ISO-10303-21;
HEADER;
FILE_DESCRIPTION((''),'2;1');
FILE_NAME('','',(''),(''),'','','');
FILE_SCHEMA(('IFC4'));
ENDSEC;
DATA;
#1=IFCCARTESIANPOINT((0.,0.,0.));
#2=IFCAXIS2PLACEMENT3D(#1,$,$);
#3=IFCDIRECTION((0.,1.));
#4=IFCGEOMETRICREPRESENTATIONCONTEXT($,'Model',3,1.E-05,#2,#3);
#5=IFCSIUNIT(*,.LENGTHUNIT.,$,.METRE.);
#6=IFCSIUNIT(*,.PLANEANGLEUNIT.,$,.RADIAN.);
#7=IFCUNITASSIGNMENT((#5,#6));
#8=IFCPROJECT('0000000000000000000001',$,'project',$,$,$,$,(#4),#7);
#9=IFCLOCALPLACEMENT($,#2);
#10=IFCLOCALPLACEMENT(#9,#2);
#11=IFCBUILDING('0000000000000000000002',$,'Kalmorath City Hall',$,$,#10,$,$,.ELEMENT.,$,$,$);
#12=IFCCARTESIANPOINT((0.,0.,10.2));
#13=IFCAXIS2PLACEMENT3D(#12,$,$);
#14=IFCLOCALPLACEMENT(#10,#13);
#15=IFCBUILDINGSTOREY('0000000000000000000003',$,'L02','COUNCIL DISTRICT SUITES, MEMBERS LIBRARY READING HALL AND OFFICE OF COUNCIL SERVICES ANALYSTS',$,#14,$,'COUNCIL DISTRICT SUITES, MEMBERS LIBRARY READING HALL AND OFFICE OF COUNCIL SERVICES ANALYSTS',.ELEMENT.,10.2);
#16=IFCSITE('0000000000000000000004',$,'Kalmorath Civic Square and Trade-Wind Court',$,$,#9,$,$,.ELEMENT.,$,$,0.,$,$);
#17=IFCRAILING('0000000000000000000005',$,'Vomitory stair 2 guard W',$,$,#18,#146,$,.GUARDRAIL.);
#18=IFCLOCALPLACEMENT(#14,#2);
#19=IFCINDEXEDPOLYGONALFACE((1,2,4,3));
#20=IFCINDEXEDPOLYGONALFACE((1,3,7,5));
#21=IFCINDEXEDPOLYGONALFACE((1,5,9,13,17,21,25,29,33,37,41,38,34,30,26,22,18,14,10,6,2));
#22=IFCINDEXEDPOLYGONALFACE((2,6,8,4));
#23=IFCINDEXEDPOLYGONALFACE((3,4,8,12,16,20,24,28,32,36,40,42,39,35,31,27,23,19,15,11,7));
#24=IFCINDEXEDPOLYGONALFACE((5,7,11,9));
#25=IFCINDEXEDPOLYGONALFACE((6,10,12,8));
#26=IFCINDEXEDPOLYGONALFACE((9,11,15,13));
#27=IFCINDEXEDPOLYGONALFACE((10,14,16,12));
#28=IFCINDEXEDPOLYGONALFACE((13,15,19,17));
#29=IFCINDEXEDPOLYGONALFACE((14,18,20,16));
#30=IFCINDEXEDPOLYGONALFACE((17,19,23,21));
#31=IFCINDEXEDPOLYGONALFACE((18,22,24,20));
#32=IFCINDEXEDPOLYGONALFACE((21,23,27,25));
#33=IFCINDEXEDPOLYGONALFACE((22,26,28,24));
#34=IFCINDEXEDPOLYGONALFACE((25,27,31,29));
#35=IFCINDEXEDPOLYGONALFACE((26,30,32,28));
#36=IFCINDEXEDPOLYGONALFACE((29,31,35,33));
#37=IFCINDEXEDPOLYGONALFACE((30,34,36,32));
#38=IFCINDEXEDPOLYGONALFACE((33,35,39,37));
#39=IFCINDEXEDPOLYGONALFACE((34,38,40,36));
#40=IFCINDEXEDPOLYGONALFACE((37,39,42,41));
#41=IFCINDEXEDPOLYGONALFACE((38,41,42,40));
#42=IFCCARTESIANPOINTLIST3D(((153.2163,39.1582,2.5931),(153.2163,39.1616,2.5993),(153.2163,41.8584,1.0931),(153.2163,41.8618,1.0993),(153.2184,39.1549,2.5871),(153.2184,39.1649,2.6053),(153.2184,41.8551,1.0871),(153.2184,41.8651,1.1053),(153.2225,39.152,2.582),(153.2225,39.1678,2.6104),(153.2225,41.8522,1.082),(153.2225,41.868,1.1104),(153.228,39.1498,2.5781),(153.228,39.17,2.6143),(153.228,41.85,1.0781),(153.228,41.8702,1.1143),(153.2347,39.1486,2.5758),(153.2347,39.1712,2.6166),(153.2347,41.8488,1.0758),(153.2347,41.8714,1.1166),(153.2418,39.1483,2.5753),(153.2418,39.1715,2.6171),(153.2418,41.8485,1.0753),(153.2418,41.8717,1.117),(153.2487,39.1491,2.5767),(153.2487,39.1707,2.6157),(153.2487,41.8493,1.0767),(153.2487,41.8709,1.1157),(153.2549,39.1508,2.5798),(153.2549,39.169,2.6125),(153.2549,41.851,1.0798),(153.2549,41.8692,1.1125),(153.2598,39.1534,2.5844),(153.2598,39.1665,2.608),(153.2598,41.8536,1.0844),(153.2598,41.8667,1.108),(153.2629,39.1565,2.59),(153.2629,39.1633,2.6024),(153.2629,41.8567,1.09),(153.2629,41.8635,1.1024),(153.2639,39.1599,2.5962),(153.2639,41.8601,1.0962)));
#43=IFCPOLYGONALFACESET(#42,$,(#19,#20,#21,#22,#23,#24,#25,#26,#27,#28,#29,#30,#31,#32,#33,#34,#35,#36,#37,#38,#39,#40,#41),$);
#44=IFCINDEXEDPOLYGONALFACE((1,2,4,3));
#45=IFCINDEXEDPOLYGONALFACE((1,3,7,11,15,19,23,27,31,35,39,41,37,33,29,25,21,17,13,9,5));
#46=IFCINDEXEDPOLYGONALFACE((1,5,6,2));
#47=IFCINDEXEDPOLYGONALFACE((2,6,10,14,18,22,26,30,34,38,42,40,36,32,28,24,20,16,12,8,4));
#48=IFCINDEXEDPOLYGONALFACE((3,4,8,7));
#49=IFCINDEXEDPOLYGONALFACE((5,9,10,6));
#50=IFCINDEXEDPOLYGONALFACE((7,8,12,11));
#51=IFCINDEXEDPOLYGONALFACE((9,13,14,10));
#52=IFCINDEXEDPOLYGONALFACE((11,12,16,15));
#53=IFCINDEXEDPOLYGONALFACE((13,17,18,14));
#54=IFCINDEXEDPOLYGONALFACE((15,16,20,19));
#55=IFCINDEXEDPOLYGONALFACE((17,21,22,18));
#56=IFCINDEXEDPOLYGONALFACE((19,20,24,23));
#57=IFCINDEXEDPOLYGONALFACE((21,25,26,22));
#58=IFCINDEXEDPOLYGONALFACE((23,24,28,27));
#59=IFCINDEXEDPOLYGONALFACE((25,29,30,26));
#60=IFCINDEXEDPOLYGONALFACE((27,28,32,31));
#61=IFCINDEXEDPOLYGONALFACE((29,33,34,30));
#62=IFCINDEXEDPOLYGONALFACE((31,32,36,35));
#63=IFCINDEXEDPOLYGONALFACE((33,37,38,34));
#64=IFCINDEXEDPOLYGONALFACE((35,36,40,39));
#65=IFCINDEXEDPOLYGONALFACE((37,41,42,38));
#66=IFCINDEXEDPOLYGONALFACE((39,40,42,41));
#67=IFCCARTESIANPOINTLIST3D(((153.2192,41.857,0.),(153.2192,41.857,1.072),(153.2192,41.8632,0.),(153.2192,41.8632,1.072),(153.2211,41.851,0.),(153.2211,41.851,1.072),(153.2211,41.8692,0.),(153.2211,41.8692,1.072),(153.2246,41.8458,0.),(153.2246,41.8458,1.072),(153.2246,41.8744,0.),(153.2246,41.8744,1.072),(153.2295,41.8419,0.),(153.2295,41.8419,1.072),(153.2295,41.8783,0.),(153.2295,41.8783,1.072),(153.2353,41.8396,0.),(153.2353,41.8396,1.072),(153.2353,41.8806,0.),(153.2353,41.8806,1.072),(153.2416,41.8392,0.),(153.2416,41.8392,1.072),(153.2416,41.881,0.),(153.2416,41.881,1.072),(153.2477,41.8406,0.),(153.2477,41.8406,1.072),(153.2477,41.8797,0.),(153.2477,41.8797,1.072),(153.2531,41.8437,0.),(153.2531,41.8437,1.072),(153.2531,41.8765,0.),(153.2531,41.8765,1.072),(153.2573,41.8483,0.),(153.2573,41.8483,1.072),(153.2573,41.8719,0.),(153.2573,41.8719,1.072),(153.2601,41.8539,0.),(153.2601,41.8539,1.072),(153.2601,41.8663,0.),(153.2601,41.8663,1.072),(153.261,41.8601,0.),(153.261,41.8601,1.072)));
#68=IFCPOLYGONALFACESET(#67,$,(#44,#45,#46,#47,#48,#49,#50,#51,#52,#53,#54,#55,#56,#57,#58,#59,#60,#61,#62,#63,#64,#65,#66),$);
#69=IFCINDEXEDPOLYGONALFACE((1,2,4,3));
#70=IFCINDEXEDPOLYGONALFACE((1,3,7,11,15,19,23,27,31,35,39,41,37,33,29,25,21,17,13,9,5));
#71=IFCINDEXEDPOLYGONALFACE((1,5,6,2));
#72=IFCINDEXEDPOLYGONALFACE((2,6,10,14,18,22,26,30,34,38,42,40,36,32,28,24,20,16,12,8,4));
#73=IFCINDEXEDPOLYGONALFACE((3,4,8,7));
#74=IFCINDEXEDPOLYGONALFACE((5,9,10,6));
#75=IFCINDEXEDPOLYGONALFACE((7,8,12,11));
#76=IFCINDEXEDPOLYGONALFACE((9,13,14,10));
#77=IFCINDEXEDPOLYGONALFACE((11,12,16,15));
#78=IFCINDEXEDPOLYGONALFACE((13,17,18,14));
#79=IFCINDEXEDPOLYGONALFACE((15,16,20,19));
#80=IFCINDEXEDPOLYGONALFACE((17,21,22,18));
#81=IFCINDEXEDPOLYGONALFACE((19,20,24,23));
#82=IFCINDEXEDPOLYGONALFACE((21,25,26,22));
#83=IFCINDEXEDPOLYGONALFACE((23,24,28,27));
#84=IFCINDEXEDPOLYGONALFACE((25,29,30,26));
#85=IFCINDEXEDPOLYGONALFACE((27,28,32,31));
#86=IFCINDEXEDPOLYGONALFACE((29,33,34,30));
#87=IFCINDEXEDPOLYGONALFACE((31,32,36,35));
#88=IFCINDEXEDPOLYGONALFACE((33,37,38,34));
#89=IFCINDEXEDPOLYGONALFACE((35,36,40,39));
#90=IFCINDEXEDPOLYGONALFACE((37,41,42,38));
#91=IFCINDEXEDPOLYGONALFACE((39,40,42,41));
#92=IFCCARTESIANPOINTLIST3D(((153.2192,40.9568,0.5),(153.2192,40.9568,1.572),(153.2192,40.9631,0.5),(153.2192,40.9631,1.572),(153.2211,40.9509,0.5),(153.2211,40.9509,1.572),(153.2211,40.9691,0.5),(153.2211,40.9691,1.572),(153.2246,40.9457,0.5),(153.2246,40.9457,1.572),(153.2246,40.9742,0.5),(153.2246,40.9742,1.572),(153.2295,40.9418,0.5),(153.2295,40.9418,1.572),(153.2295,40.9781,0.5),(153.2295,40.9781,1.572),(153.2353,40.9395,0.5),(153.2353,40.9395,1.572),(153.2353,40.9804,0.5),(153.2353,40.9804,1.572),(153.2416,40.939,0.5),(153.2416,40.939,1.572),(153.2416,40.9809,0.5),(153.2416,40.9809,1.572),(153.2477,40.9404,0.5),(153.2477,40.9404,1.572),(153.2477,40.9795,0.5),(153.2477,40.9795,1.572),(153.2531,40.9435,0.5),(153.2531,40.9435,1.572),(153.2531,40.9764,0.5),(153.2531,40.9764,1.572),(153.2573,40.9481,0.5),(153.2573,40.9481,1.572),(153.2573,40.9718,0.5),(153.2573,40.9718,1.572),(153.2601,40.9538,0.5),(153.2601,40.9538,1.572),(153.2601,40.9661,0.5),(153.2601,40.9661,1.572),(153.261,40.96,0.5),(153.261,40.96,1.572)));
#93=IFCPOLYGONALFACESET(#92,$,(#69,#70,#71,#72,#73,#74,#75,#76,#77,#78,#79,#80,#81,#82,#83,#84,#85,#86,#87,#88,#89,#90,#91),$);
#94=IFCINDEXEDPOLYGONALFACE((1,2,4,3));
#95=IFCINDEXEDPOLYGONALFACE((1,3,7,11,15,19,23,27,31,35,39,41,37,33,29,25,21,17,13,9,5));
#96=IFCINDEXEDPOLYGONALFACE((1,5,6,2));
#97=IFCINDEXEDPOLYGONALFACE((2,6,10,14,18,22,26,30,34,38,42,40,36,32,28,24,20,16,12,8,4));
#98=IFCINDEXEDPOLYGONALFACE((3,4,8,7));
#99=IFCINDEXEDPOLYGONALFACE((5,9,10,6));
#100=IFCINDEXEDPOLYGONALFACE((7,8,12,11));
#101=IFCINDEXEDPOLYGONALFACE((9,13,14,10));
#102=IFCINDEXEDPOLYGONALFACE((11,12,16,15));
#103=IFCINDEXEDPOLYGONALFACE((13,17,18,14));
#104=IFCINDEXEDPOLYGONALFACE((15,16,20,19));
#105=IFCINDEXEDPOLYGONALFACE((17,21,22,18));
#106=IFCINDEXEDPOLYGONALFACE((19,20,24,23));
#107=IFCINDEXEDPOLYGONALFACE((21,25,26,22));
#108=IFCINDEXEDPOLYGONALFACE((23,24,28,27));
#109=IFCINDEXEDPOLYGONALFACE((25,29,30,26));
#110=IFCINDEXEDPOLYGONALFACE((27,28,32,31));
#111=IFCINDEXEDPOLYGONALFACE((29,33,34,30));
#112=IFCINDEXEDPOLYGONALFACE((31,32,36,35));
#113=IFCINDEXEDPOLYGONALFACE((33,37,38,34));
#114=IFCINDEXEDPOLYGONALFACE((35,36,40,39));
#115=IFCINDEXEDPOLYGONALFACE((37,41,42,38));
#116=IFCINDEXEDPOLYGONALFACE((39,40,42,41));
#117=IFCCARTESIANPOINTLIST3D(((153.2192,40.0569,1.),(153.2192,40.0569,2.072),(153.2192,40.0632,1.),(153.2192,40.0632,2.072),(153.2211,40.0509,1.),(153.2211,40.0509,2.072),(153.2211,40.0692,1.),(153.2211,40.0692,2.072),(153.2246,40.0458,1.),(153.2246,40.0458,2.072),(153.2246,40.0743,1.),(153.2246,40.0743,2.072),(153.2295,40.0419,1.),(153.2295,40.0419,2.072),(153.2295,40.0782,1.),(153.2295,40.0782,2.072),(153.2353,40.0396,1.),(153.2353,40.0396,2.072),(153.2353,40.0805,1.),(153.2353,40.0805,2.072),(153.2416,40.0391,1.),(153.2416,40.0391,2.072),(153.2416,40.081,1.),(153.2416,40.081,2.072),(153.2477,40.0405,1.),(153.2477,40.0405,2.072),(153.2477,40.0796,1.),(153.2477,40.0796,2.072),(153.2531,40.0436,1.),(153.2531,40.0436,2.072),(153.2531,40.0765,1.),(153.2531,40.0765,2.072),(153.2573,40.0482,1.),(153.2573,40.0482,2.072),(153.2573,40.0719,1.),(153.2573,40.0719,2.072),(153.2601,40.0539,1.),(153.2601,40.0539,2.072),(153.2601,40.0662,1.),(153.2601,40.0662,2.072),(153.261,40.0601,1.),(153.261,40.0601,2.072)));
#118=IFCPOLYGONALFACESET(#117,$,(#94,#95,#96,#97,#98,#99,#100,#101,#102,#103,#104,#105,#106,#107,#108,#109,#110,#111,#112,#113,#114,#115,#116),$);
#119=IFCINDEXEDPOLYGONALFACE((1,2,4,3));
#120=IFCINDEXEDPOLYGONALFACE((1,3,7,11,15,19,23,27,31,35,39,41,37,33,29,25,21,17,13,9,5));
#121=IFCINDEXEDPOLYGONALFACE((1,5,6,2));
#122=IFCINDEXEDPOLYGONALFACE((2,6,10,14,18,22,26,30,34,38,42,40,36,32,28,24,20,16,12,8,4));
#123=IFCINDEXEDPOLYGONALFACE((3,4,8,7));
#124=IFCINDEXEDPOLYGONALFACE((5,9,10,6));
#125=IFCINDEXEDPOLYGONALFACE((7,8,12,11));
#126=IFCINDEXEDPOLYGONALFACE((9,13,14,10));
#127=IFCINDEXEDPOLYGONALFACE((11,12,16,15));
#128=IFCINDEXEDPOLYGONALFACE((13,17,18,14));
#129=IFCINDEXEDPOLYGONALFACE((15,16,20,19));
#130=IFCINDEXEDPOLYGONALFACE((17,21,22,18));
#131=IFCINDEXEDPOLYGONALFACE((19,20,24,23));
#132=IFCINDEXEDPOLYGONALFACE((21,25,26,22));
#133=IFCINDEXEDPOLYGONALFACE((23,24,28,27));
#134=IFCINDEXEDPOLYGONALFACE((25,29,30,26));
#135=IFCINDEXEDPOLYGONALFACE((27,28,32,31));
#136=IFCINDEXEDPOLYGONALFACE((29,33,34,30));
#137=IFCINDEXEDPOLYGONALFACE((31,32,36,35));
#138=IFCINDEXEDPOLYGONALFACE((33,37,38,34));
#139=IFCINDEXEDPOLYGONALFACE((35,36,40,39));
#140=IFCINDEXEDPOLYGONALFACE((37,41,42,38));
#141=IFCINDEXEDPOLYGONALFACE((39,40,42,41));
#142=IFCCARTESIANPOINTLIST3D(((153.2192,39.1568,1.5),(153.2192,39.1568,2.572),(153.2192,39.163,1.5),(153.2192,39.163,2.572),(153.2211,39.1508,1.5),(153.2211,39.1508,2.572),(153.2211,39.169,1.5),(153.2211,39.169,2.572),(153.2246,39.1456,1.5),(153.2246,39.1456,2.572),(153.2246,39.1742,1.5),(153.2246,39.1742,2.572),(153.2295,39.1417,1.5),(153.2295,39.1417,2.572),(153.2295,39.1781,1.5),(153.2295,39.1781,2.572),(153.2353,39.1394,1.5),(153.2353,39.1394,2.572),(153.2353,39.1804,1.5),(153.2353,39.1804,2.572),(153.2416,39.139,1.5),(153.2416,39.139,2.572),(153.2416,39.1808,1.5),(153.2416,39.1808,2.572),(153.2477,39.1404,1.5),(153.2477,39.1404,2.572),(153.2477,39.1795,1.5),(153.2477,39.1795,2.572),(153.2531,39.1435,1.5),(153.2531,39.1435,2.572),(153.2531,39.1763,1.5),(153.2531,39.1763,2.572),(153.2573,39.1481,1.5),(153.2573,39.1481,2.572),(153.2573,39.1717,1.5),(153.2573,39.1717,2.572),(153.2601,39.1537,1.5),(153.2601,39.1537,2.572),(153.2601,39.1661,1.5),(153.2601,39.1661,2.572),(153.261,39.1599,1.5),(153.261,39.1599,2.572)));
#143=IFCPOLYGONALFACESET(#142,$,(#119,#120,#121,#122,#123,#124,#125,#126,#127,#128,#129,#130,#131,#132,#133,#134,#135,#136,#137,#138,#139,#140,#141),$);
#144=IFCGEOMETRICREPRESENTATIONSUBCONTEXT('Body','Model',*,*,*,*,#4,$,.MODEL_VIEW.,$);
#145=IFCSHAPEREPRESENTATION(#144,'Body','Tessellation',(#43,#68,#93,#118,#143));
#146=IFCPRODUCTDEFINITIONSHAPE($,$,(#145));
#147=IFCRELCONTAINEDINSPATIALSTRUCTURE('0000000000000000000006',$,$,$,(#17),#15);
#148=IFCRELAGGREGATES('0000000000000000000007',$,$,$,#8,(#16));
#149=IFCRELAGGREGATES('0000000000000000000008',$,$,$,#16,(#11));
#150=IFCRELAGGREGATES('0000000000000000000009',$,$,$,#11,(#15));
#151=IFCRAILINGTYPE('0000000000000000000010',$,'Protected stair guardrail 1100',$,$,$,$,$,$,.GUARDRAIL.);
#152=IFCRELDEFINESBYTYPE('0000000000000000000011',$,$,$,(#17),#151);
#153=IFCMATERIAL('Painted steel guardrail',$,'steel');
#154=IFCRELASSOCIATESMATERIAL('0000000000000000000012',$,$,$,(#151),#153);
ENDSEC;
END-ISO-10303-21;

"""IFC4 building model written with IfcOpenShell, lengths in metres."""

from ifc_helpers import new_model, si_unit, direction, frame, origin, origin_2d, place, context, subcontext, project, spatial, circle, extrude, material, type_object, element, save


model = new_model("IFC4")

# Units and contexts
model_context = context("Model", 3, precision=1e-05, world=origin(), true_north=direction((0.0, 1.0)))
body_context = subcontext(model_context, "Body", "Model", "MODEL_VIEW")
ifc_project = project(units=[si_unit("LENGTHUNIT", "METRE"), si_unit("PLANEANGLEUNIT", "RADIAN")], contexts=[model_context])

# Site, building, storey
site_placement = place(None, origin())
site = spatial("IfcSite", under=ifc_project, at=site_placement, Name="Kalmorath Civic Square and Trade-Wind Court", CompositionType="ELEMENT", RefElevation=0.0)
building_placement = place(site_placement, origin())
building = spatial("IfcBuilding", under=site, at=building_placement, Name="Kalmorath City Hall", CompositionType="ELEMENT")
storey_placement = place(building_placement, frame((0.0, 0.0, 10.2)))
storey = spatial("IfcBuildingStorey", under=building, at=storey_placement, Name="L02", Description="COUNCIL DISTRICT SUITES, MEMBERS LIBRARY READING HALL AND OFFICE OF COUNCIL SERVICES ANALYSTS", LongName="COUNCIL DISTRICT SUITES, MEMBERS LIBRARY READING HALL AND OFFICE OF COUNCIL SERVICES ANALYSTS", CompositionType="ELEMENT", Elevation=10.2)

# Railing
ifc_material_1 = material(Name="Painted steel guardrail", Category="steel")
railing_type_1 = type_object("IfcRailingType", Name="Protected stair guardrail 1100", PredefinedType="GUARDRAIL", material=ifc_material_1)
for number, where, name in (
    (1, (153.24, 41.8601, 0.0), "Vomitory stair 2 guard W"),
):
    element("IfcRailing", number, at=place(storey_placement, frame(where)), inside=storey, type_object=railing_type_1, Name=name, PredefinedType="GUARDRAIL", context=body_context, shape_type="SweptSolid", body=[
        extrude(circle(Radius=0.0239, at=origin_2d()), frame((0.0, 0.0, 1.0962), z_axis=(0.0, -0.874172, 0.485616), x_axis=(1.0, 0.0, 0.0)), (0.0, 0.0, 1.0), 3.0889),
        extrude(circle(Radius=0.021, at=origin_2d()), origin(), (0.0, 0.0, 1.0), 1.072),
        extrude(circle(Radius=0.021, at=origin_2d()), frame((0.0, -0.9001, 0.5)), (0.0, 0.0, 1.0), 1.072),
        extrude(circle(Radius=0.021, at=origin_2d()), frame((0.0, -1.8, 1.0)), (0.0, 0.0, 1.0), 1.072),
        extrude(circle(Radius=0.021, at=origin_2d()), frame((0.0, -2.7002, 1.5)), (0.0, 0.0, 1.0), 1.072),
    ])

save(model, "model.ifc")
